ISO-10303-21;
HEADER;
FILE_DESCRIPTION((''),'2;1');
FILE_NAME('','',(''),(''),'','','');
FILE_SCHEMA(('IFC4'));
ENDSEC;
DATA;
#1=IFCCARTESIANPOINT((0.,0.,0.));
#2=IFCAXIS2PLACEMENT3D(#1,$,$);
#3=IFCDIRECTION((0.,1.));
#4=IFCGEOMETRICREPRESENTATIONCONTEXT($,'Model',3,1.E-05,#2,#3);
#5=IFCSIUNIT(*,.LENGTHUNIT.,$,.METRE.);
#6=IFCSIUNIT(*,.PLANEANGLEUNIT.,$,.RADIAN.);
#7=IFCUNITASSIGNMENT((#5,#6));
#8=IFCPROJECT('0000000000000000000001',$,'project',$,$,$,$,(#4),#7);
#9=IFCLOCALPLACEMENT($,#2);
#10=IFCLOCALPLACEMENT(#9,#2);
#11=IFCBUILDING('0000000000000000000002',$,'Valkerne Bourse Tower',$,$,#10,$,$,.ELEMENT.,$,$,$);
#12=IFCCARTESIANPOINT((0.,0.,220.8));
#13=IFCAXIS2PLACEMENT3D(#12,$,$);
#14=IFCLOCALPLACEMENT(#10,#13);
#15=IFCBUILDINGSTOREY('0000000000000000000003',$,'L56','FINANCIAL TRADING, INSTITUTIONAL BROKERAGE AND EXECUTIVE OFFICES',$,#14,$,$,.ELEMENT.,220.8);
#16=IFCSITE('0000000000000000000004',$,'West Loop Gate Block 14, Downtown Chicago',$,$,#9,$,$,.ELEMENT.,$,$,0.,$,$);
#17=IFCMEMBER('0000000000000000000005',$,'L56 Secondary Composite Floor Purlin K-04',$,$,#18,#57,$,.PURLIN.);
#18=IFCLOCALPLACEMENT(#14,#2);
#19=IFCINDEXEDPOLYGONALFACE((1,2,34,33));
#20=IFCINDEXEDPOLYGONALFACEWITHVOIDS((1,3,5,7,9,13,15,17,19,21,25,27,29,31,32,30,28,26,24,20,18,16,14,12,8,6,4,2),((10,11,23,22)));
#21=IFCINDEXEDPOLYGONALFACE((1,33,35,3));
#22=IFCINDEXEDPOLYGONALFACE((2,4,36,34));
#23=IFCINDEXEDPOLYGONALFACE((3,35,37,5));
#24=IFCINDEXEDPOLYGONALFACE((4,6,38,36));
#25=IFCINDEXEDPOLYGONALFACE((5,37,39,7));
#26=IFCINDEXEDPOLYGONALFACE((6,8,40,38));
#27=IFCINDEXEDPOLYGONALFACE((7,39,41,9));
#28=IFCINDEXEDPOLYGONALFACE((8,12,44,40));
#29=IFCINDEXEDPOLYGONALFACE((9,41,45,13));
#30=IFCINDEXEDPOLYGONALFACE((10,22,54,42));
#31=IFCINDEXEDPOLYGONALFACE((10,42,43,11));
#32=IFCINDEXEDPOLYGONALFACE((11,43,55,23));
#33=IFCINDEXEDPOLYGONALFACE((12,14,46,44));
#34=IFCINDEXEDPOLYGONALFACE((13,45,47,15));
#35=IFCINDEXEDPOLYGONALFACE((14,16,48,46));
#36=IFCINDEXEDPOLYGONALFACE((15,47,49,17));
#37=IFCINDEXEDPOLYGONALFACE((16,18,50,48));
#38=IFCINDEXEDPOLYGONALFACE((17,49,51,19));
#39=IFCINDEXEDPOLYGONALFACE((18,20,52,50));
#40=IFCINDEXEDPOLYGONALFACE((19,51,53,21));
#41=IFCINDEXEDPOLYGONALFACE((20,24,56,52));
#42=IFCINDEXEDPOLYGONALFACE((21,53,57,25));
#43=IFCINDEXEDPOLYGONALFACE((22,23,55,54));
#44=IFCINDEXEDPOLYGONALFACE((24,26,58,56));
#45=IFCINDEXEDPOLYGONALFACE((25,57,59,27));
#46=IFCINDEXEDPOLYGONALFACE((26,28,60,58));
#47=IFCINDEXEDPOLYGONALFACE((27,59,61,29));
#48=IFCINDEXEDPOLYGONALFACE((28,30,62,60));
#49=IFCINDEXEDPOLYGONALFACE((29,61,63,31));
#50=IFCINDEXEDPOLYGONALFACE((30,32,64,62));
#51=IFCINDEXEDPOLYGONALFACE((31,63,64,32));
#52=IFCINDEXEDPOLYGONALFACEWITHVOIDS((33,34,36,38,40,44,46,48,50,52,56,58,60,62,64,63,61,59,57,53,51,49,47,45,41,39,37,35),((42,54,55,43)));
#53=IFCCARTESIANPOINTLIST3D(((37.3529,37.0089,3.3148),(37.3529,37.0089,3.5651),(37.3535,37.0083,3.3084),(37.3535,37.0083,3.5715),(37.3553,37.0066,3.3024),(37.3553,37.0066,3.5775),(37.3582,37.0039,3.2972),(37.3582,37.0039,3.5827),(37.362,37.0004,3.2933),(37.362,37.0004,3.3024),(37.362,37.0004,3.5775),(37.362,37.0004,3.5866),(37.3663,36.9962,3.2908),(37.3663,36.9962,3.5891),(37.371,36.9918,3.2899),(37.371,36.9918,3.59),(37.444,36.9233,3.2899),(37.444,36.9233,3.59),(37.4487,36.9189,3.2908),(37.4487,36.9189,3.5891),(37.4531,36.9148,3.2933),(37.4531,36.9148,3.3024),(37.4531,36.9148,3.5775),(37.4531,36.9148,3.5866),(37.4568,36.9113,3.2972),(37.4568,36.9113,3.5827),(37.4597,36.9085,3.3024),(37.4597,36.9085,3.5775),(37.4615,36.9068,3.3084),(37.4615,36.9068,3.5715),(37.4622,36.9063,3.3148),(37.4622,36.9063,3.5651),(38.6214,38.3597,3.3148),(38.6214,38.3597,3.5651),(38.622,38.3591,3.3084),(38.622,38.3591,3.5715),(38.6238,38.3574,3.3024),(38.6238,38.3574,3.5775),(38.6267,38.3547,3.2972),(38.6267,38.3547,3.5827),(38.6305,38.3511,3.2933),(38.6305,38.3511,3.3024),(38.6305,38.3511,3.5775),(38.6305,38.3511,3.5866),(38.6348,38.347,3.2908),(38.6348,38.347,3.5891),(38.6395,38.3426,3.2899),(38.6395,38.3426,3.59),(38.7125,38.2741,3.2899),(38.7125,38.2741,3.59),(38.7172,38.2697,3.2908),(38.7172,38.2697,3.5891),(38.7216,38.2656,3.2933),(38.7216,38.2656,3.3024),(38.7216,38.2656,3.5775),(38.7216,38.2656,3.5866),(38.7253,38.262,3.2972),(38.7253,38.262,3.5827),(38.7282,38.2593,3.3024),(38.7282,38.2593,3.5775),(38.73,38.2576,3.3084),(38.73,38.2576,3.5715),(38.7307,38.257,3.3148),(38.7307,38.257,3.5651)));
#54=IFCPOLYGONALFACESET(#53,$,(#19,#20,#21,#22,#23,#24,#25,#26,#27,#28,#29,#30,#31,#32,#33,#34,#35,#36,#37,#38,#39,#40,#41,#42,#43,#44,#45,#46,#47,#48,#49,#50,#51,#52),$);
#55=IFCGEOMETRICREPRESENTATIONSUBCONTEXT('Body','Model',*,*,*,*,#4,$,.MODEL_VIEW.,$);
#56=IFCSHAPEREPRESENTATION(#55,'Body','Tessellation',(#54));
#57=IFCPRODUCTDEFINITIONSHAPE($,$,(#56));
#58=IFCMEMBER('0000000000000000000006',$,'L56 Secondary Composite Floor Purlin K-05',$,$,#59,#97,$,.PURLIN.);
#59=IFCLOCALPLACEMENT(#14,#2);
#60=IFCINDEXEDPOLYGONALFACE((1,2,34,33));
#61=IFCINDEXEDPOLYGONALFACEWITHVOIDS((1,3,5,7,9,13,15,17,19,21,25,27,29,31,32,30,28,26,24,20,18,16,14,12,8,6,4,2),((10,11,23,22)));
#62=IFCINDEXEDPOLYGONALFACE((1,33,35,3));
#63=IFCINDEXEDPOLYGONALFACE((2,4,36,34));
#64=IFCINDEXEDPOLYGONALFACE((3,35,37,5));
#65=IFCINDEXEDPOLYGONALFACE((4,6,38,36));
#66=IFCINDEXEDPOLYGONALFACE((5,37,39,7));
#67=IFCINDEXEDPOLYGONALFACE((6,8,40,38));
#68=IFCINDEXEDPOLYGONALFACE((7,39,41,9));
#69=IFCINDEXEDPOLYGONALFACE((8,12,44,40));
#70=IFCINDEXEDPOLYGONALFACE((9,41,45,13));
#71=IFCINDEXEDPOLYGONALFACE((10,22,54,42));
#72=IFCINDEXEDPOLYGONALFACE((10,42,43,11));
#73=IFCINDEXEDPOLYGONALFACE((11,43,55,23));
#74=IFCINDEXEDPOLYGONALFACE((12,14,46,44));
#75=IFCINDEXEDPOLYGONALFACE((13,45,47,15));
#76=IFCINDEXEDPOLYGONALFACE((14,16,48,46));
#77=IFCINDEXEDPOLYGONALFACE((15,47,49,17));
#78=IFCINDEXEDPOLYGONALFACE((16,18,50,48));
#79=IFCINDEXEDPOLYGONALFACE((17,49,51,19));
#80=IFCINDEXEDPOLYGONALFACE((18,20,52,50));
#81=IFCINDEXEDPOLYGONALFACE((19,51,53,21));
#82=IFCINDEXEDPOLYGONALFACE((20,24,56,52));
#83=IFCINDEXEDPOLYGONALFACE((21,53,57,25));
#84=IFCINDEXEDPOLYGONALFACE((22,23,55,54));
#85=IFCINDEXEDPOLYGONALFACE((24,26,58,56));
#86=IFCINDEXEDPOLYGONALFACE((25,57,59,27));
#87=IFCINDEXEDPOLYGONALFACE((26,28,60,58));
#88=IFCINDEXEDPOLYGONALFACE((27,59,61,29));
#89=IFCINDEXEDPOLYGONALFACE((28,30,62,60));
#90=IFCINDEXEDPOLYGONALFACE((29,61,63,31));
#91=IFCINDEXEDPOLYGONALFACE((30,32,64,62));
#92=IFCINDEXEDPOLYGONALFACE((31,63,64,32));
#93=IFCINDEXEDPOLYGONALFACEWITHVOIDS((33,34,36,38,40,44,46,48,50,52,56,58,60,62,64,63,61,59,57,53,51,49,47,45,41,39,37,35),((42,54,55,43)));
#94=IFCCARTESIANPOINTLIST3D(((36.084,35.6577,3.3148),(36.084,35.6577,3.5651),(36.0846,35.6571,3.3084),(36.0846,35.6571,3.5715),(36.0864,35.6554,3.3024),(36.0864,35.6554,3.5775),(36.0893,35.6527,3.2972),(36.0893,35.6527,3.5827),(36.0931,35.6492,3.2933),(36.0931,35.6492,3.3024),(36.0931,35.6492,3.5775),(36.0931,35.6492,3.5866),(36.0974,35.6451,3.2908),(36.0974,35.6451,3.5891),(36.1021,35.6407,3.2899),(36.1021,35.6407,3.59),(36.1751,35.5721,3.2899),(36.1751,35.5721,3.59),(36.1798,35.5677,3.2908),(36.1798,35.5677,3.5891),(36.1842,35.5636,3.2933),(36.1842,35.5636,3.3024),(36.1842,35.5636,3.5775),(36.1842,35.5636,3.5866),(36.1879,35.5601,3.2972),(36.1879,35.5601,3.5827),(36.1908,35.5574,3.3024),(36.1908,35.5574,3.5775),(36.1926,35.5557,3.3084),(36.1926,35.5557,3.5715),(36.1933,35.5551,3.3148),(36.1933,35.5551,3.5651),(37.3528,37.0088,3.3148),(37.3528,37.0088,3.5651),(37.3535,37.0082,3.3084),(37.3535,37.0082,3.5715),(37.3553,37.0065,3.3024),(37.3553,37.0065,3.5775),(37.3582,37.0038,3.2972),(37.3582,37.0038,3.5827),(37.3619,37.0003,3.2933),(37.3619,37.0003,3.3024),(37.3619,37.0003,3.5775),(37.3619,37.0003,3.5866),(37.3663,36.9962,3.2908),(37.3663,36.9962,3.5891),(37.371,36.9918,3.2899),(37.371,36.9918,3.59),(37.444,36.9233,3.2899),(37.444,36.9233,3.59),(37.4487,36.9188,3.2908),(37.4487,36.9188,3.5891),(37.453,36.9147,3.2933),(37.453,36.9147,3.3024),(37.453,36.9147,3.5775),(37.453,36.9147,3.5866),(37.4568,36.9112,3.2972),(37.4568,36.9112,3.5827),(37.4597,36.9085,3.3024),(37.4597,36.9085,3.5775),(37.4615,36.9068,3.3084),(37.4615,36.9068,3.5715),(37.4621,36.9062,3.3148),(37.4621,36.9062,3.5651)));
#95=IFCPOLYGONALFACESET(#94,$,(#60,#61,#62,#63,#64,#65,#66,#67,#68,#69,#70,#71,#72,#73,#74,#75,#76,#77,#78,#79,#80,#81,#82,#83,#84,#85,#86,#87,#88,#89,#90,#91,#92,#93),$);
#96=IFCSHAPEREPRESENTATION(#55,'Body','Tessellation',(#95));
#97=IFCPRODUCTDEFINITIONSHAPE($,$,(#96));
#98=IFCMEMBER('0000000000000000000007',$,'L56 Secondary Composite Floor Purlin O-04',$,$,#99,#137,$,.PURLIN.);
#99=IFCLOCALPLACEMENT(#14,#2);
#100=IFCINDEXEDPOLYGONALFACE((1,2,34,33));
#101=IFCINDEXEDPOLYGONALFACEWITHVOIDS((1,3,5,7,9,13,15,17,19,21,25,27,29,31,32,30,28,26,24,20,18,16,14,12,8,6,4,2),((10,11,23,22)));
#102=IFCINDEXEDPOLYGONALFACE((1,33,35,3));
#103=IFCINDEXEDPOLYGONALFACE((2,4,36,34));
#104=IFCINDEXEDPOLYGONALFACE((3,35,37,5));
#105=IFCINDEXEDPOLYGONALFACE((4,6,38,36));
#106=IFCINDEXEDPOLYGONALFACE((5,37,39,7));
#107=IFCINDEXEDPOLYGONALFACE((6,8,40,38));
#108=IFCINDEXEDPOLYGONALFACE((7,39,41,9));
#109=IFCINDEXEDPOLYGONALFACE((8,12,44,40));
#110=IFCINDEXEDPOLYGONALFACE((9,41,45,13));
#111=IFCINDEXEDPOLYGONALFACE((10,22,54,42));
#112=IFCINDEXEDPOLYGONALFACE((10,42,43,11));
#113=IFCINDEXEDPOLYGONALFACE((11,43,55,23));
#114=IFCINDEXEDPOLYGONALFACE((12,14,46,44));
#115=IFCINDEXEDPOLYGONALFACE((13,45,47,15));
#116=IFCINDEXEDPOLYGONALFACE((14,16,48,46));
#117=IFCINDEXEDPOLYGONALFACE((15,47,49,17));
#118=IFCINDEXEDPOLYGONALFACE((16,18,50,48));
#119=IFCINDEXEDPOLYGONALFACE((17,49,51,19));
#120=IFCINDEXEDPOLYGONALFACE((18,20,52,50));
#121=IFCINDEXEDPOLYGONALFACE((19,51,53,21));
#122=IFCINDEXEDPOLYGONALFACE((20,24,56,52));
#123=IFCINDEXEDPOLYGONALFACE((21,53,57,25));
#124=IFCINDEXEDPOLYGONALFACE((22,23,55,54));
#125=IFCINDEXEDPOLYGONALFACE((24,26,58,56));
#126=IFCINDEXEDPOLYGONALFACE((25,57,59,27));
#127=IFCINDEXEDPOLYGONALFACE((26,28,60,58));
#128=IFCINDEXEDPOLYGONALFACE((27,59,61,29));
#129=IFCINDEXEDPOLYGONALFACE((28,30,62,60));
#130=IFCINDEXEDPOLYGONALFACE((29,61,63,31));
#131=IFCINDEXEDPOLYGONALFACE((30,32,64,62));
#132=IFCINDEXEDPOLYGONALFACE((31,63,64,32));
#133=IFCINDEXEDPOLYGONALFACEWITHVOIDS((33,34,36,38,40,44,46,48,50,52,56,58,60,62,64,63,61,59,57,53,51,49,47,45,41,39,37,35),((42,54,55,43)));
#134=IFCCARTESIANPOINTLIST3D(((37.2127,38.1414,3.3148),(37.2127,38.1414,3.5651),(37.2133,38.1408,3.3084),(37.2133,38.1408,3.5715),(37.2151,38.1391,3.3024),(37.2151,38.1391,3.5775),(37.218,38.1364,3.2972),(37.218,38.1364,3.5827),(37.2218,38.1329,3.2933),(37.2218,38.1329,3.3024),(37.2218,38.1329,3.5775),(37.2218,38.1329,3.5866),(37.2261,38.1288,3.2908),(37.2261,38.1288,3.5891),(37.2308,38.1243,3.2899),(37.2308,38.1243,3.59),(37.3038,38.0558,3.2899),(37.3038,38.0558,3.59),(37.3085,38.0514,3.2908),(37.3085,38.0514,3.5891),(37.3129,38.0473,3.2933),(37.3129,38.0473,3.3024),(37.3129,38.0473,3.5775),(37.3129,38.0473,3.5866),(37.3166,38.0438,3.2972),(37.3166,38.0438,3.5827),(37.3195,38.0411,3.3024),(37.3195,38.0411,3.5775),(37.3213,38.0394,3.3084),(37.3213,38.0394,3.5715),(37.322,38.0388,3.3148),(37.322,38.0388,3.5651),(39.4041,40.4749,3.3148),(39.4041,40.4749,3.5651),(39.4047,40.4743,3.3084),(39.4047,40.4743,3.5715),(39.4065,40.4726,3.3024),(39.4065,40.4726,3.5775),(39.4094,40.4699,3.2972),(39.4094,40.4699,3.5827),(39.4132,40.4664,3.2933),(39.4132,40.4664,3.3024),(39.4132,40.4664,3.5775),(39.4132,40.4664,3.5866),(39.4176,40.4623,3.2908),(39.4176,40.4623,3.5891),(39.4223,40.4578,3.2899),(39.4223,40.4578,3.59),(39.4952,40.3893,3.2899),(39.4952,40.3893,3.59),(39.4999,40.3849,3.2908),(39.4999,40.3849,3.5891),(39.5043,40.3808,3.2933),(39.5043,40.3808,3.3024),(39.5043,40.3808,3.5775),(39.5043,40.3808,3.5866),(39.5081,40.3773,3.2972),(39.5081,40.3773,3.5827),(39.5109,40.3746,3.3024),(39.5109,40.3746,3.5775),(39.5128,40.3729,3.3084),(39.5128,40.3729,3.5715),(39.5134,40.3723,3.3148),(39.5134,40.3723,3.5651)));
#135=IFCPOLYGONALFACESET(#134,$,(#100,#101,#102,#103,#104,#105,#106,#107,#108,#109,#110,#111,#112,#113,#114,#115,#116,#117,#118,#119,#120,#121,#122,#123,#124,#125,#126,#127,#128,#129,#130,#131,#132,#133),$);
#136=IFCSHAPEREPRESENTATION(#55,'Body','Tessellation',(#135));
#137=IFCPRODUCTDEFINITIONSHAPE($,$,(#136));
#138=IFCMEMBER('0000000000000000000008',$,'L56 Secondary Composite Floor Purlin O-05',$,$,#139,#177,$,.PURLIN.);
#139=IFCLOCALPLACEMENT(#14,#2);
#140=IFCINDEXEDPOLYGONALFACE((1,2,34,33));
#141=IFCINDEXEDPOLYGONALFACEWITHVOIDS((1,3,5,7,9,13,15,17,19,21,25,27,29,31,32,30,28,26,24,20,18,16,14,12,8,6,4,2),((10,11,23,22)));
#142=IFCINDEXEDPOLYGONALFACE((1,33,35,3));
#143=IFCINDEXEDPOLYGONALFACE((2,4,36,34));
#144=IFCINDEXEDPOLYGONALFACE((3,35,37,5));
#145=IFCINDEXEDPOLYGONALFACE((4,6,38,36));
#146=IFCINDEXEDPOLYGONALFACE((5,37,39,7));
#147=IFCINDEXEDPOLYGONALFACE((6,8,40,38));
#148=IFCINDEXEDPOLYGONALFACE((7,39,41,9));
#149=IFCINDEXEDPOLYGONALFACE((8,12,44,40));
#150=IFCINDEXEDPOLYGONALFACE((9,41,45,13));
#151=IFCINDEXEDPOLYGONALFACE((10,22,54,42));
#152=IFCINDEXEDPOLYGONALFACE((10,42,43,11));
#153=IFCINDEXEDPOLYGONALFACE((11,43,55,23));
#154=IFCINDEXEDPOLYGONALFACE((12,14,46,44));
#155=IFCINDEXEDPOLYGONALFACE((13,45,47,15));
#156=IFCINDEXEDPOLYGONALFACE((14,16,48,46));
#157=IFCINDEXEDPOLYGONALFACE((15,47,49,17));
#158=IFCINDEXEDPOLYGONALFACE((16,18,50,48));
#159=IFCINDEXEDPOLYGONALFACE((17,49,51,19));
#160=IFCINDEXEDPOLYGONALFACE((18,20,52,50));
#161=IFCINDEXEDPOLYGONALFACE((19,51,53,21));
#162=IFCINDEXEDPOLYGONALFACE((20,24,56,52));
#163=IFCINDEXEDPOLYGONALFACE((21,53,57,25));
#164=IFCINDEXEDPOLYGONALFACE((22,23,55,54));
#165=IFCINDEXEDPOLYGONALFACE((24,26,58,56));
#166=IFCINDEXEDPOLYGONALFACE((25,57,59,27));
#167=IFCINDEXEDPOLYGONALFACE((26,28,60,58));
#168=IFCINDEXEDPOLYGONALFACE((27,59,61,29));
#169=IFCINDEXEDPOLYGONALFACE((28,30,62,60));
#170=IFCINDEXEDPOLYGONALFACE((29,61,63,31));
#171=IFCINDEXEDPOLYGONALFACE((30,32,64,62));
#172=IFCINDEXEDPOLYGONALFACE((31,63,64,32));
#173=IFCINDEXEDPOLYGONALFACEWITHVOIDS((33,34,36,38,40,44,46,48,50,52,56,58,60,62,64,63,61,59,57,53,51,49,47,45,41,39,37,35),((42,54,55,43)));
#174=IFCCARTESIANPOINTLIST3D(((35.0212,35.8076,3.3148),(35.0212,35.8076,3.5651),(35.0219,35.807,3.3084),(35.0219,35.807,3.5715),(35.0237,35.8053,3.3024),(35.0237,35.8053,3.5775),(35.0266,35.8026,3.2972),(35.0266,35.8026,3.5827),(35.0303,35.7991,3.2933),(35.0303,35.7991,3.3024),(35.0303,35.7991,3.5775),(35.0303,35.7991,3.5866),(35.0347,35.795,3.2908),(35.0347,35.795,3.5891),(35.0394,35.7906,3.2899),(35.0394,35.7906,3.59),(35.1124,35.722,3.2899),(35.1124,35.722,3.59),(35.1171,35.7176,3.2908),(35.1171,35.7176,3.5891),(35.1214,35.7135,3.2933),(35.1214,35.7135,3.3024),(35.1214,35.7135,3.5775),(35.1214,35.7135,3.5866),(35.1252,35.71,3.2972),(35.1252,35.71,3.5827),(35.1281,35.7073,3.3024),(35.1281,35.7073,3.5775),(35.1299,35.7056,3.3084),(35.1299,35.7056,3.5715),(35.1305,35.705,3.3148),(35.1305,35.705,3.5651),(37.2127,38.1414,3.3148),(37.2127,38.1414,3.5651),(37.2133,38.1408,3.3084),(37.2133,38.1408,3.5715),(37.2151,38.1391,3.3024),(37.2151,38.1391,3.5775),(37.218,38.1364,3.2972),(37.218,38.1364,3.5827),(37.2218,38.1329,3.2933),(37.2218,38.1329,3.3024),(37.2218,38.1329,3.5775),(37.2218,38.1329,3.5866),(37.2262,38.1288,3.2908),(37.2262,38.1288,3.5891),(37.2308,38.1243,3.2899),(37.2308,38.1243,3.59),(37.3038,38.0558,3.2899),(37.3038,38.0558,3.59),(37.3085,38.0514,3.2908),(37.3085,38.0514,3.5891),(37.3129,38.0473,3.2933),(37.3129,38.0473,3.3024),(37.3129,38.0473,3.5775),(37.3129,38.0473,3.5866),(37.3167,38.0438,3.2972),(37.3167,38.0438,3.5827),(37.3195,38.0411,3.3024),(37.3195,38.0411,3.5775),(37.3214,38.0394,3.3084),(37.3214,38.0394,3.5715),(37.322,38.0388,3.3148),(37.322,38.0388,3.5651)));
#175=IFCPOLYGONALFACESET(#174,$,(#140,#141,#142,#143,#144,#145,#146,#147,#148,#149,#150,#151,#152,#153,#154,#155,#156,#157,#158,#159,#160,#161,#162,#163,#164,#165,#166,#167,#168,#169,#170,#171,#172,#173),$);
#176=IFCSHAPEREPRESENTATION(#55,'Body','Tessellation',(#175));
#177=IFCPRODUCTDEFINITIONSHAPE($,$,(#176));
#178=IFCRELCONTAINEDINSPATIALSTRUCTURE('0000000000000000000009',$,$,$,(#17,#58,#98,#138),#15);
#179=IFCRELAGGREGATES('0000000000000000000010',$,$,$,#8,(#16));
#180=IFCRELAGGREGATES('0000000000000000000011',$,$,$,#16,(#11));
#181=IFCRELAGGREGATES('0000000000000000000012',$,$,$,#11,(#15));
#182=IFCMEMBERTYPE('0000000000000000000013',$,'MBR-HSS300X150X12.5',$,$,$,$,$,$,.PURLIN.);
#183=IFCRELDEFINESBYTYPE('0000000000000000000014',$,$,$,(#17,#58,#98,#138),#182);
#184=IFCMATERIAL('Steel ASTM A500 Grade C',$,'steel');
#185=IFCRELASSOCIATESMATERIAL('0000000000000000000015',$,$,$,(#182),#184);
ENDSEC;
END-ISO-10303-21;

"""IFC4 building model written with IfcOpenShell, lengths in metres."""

from ifc_helpers import new_model, si_unit, direction, frame, origin, origin_2d, place, context, subcontext, project, spatial, hollow_rectangle, extrude, material, material_profile, profile_set, type_object, element, save


model = new_model("IFC4")

# Units and contexts
model_context = context("Model", 3, precision=1e-05, world=origin(), true_north=direction((0.0, 1.0)))
body_context = subcontext(model_context, "Body", "Model", "MODEL_VIEW")
ifc_project = project(units=[si_unit("LENGTHUNIT", "METRE"), si_unit("PLANEANGLEUNIT", "RADIAN")], contexts=[model_context])

# Site, building, storey
site_placement = place(None, origin())
site = spatial("IfcSite", under=ifc_project, at=site_placement, Name="West Loop Gate Block 14, Downtown Chicago", CompositionType="ELEMENT", RefElevation=0.0)
building_placement = place(site_placement, origin())
building = spatial("IfcBuilding", under=site, at=building_placement, Name="Valkerne Bourse Tower", CompositionType="ELEMENT")
storey_placement = place(building_placement, frame((0.0, 0.0, 220.8)))
storey = spatial("IfcBuildingStorey", under=building, at=storey_placement, Name="L56", Description="FINANCIAL TRADING, INSTITUTIONAL BROKERAGE AND EXECUTIVE OFFICES", CompositionType="ELEMENT", Elevation=220.8)

# Members
ifc_material_1 = material(Name="Steel ASTM A500 Grade C", Category="steel")
ifc_material_profile_1 = material_profile(ifc_material_1, hollow_rectangle(XDim=0.1499, YDim=0.3, WallThickness=0.0125, OuterFilletRadius=0.0249, at=origin_2d()), Name="HSS300X150X12.5")
ifc_profile_set_1 = profile_set([ifc_material_profile_1], Name="Steel ASTM A500 Grade C")
member_type_1 = type_object("IfcMemberType", Name="MBR-HSS300X150X12.5", PredefinedType="PURLIN", material=ifc_profile_set_1)
member_1_placement = place(storey_placement, frame((38.676, 38.3083, 3.4399), z_axis=(-0.684559, -0.728958, 0.0), x_axis=(0.728958, -0.684559, 0.0)))
element("IfcMember", 1, at=member_1_placement, inside=storey, type_object=member_type_1, Name="L56 Secondary Composite Floor Purlin K-04", PredefinedType="PURLIN", context=body_context, shape_type="SweptSolid", body=[
    extrude(hollow_rectangle(XDim=0.1499, YDim=0.3, WallThickness=0.0125, OuterFilletRadius=0.0249, at=origin_2d()), origin(), (0.0, 0.0, 1.0), 1.853),
])
member_2_placement = place(storey_placement, frame((37.4075, 36.9575, 3.4399), z_axis=(-0.684563, -0.728954, 0.0), x_axis=(0.728954, -0.684563, 0.0)))
element("IfcMember", 2, at=member_2_placement, inside=storey, type_object=member_type_1, Name="L56 Secondary Composite Floor Purlin K-05", PredefinedType="PURLIN", context=body_context, shape_type="SweptSolid", body=[
    extrude(hollow_rectangle(XDim=0.1499, YDim=0.3, WallThickness=0.0125, OuterFilletRadius=0.0249, at=origin_2d()), origin(), (0.0, 0.0, 1.0), 1.8535),
])
member_3_placement = place(storey_placement, frame((39.4587, 40.4236, 3.4399), z_axis=(-0.684565, -0.728952, 0.0), x_axis=(0.728952, -0.684565, 0.0)))
element("IfcMember", 3, at=member_3_placement, inside=storey, type_object=member_type_1, Name="L56 Secondary Composite Floor Purlin O-04", PredefinedType="PURLIN", context=body_context, shape_type="SweptSolid", body=[
    extrude(hollow_rectangle(XDim=0.1499, YDim=0.3, WallThickness=0.0125, OuterFilletRadius=0.0249, at=origin_2d()), origin(), (0.0, 0.0, 1.0), 3.2012),
])
member_4_placement = place(storey_placement, frame((37.2673, 38.0901, 3.4399), z_axis=(-0.684527, -0.728988, 0.0), x_axis=(0.728988, -0.684527, 0.0)))
element("IfcMember", 4, at=member_4_placement, inside=storey, type_object=member_type_1, Name="L56 Secondary Composite Floor Purlin O-05", PredefinedType="PURLIN", context=body_context, shape_type="SweptSolid", body=[
    extrude(hollow_rectangle(XDim=0.1499, YDim=0.3, WallThickness=0.0125, OuterFilletRadius=0.0249, at=origin_2d()), origin(), (0.0, 0.0, 1.0), 3.2014),
])

save(model, "model.ifc")
